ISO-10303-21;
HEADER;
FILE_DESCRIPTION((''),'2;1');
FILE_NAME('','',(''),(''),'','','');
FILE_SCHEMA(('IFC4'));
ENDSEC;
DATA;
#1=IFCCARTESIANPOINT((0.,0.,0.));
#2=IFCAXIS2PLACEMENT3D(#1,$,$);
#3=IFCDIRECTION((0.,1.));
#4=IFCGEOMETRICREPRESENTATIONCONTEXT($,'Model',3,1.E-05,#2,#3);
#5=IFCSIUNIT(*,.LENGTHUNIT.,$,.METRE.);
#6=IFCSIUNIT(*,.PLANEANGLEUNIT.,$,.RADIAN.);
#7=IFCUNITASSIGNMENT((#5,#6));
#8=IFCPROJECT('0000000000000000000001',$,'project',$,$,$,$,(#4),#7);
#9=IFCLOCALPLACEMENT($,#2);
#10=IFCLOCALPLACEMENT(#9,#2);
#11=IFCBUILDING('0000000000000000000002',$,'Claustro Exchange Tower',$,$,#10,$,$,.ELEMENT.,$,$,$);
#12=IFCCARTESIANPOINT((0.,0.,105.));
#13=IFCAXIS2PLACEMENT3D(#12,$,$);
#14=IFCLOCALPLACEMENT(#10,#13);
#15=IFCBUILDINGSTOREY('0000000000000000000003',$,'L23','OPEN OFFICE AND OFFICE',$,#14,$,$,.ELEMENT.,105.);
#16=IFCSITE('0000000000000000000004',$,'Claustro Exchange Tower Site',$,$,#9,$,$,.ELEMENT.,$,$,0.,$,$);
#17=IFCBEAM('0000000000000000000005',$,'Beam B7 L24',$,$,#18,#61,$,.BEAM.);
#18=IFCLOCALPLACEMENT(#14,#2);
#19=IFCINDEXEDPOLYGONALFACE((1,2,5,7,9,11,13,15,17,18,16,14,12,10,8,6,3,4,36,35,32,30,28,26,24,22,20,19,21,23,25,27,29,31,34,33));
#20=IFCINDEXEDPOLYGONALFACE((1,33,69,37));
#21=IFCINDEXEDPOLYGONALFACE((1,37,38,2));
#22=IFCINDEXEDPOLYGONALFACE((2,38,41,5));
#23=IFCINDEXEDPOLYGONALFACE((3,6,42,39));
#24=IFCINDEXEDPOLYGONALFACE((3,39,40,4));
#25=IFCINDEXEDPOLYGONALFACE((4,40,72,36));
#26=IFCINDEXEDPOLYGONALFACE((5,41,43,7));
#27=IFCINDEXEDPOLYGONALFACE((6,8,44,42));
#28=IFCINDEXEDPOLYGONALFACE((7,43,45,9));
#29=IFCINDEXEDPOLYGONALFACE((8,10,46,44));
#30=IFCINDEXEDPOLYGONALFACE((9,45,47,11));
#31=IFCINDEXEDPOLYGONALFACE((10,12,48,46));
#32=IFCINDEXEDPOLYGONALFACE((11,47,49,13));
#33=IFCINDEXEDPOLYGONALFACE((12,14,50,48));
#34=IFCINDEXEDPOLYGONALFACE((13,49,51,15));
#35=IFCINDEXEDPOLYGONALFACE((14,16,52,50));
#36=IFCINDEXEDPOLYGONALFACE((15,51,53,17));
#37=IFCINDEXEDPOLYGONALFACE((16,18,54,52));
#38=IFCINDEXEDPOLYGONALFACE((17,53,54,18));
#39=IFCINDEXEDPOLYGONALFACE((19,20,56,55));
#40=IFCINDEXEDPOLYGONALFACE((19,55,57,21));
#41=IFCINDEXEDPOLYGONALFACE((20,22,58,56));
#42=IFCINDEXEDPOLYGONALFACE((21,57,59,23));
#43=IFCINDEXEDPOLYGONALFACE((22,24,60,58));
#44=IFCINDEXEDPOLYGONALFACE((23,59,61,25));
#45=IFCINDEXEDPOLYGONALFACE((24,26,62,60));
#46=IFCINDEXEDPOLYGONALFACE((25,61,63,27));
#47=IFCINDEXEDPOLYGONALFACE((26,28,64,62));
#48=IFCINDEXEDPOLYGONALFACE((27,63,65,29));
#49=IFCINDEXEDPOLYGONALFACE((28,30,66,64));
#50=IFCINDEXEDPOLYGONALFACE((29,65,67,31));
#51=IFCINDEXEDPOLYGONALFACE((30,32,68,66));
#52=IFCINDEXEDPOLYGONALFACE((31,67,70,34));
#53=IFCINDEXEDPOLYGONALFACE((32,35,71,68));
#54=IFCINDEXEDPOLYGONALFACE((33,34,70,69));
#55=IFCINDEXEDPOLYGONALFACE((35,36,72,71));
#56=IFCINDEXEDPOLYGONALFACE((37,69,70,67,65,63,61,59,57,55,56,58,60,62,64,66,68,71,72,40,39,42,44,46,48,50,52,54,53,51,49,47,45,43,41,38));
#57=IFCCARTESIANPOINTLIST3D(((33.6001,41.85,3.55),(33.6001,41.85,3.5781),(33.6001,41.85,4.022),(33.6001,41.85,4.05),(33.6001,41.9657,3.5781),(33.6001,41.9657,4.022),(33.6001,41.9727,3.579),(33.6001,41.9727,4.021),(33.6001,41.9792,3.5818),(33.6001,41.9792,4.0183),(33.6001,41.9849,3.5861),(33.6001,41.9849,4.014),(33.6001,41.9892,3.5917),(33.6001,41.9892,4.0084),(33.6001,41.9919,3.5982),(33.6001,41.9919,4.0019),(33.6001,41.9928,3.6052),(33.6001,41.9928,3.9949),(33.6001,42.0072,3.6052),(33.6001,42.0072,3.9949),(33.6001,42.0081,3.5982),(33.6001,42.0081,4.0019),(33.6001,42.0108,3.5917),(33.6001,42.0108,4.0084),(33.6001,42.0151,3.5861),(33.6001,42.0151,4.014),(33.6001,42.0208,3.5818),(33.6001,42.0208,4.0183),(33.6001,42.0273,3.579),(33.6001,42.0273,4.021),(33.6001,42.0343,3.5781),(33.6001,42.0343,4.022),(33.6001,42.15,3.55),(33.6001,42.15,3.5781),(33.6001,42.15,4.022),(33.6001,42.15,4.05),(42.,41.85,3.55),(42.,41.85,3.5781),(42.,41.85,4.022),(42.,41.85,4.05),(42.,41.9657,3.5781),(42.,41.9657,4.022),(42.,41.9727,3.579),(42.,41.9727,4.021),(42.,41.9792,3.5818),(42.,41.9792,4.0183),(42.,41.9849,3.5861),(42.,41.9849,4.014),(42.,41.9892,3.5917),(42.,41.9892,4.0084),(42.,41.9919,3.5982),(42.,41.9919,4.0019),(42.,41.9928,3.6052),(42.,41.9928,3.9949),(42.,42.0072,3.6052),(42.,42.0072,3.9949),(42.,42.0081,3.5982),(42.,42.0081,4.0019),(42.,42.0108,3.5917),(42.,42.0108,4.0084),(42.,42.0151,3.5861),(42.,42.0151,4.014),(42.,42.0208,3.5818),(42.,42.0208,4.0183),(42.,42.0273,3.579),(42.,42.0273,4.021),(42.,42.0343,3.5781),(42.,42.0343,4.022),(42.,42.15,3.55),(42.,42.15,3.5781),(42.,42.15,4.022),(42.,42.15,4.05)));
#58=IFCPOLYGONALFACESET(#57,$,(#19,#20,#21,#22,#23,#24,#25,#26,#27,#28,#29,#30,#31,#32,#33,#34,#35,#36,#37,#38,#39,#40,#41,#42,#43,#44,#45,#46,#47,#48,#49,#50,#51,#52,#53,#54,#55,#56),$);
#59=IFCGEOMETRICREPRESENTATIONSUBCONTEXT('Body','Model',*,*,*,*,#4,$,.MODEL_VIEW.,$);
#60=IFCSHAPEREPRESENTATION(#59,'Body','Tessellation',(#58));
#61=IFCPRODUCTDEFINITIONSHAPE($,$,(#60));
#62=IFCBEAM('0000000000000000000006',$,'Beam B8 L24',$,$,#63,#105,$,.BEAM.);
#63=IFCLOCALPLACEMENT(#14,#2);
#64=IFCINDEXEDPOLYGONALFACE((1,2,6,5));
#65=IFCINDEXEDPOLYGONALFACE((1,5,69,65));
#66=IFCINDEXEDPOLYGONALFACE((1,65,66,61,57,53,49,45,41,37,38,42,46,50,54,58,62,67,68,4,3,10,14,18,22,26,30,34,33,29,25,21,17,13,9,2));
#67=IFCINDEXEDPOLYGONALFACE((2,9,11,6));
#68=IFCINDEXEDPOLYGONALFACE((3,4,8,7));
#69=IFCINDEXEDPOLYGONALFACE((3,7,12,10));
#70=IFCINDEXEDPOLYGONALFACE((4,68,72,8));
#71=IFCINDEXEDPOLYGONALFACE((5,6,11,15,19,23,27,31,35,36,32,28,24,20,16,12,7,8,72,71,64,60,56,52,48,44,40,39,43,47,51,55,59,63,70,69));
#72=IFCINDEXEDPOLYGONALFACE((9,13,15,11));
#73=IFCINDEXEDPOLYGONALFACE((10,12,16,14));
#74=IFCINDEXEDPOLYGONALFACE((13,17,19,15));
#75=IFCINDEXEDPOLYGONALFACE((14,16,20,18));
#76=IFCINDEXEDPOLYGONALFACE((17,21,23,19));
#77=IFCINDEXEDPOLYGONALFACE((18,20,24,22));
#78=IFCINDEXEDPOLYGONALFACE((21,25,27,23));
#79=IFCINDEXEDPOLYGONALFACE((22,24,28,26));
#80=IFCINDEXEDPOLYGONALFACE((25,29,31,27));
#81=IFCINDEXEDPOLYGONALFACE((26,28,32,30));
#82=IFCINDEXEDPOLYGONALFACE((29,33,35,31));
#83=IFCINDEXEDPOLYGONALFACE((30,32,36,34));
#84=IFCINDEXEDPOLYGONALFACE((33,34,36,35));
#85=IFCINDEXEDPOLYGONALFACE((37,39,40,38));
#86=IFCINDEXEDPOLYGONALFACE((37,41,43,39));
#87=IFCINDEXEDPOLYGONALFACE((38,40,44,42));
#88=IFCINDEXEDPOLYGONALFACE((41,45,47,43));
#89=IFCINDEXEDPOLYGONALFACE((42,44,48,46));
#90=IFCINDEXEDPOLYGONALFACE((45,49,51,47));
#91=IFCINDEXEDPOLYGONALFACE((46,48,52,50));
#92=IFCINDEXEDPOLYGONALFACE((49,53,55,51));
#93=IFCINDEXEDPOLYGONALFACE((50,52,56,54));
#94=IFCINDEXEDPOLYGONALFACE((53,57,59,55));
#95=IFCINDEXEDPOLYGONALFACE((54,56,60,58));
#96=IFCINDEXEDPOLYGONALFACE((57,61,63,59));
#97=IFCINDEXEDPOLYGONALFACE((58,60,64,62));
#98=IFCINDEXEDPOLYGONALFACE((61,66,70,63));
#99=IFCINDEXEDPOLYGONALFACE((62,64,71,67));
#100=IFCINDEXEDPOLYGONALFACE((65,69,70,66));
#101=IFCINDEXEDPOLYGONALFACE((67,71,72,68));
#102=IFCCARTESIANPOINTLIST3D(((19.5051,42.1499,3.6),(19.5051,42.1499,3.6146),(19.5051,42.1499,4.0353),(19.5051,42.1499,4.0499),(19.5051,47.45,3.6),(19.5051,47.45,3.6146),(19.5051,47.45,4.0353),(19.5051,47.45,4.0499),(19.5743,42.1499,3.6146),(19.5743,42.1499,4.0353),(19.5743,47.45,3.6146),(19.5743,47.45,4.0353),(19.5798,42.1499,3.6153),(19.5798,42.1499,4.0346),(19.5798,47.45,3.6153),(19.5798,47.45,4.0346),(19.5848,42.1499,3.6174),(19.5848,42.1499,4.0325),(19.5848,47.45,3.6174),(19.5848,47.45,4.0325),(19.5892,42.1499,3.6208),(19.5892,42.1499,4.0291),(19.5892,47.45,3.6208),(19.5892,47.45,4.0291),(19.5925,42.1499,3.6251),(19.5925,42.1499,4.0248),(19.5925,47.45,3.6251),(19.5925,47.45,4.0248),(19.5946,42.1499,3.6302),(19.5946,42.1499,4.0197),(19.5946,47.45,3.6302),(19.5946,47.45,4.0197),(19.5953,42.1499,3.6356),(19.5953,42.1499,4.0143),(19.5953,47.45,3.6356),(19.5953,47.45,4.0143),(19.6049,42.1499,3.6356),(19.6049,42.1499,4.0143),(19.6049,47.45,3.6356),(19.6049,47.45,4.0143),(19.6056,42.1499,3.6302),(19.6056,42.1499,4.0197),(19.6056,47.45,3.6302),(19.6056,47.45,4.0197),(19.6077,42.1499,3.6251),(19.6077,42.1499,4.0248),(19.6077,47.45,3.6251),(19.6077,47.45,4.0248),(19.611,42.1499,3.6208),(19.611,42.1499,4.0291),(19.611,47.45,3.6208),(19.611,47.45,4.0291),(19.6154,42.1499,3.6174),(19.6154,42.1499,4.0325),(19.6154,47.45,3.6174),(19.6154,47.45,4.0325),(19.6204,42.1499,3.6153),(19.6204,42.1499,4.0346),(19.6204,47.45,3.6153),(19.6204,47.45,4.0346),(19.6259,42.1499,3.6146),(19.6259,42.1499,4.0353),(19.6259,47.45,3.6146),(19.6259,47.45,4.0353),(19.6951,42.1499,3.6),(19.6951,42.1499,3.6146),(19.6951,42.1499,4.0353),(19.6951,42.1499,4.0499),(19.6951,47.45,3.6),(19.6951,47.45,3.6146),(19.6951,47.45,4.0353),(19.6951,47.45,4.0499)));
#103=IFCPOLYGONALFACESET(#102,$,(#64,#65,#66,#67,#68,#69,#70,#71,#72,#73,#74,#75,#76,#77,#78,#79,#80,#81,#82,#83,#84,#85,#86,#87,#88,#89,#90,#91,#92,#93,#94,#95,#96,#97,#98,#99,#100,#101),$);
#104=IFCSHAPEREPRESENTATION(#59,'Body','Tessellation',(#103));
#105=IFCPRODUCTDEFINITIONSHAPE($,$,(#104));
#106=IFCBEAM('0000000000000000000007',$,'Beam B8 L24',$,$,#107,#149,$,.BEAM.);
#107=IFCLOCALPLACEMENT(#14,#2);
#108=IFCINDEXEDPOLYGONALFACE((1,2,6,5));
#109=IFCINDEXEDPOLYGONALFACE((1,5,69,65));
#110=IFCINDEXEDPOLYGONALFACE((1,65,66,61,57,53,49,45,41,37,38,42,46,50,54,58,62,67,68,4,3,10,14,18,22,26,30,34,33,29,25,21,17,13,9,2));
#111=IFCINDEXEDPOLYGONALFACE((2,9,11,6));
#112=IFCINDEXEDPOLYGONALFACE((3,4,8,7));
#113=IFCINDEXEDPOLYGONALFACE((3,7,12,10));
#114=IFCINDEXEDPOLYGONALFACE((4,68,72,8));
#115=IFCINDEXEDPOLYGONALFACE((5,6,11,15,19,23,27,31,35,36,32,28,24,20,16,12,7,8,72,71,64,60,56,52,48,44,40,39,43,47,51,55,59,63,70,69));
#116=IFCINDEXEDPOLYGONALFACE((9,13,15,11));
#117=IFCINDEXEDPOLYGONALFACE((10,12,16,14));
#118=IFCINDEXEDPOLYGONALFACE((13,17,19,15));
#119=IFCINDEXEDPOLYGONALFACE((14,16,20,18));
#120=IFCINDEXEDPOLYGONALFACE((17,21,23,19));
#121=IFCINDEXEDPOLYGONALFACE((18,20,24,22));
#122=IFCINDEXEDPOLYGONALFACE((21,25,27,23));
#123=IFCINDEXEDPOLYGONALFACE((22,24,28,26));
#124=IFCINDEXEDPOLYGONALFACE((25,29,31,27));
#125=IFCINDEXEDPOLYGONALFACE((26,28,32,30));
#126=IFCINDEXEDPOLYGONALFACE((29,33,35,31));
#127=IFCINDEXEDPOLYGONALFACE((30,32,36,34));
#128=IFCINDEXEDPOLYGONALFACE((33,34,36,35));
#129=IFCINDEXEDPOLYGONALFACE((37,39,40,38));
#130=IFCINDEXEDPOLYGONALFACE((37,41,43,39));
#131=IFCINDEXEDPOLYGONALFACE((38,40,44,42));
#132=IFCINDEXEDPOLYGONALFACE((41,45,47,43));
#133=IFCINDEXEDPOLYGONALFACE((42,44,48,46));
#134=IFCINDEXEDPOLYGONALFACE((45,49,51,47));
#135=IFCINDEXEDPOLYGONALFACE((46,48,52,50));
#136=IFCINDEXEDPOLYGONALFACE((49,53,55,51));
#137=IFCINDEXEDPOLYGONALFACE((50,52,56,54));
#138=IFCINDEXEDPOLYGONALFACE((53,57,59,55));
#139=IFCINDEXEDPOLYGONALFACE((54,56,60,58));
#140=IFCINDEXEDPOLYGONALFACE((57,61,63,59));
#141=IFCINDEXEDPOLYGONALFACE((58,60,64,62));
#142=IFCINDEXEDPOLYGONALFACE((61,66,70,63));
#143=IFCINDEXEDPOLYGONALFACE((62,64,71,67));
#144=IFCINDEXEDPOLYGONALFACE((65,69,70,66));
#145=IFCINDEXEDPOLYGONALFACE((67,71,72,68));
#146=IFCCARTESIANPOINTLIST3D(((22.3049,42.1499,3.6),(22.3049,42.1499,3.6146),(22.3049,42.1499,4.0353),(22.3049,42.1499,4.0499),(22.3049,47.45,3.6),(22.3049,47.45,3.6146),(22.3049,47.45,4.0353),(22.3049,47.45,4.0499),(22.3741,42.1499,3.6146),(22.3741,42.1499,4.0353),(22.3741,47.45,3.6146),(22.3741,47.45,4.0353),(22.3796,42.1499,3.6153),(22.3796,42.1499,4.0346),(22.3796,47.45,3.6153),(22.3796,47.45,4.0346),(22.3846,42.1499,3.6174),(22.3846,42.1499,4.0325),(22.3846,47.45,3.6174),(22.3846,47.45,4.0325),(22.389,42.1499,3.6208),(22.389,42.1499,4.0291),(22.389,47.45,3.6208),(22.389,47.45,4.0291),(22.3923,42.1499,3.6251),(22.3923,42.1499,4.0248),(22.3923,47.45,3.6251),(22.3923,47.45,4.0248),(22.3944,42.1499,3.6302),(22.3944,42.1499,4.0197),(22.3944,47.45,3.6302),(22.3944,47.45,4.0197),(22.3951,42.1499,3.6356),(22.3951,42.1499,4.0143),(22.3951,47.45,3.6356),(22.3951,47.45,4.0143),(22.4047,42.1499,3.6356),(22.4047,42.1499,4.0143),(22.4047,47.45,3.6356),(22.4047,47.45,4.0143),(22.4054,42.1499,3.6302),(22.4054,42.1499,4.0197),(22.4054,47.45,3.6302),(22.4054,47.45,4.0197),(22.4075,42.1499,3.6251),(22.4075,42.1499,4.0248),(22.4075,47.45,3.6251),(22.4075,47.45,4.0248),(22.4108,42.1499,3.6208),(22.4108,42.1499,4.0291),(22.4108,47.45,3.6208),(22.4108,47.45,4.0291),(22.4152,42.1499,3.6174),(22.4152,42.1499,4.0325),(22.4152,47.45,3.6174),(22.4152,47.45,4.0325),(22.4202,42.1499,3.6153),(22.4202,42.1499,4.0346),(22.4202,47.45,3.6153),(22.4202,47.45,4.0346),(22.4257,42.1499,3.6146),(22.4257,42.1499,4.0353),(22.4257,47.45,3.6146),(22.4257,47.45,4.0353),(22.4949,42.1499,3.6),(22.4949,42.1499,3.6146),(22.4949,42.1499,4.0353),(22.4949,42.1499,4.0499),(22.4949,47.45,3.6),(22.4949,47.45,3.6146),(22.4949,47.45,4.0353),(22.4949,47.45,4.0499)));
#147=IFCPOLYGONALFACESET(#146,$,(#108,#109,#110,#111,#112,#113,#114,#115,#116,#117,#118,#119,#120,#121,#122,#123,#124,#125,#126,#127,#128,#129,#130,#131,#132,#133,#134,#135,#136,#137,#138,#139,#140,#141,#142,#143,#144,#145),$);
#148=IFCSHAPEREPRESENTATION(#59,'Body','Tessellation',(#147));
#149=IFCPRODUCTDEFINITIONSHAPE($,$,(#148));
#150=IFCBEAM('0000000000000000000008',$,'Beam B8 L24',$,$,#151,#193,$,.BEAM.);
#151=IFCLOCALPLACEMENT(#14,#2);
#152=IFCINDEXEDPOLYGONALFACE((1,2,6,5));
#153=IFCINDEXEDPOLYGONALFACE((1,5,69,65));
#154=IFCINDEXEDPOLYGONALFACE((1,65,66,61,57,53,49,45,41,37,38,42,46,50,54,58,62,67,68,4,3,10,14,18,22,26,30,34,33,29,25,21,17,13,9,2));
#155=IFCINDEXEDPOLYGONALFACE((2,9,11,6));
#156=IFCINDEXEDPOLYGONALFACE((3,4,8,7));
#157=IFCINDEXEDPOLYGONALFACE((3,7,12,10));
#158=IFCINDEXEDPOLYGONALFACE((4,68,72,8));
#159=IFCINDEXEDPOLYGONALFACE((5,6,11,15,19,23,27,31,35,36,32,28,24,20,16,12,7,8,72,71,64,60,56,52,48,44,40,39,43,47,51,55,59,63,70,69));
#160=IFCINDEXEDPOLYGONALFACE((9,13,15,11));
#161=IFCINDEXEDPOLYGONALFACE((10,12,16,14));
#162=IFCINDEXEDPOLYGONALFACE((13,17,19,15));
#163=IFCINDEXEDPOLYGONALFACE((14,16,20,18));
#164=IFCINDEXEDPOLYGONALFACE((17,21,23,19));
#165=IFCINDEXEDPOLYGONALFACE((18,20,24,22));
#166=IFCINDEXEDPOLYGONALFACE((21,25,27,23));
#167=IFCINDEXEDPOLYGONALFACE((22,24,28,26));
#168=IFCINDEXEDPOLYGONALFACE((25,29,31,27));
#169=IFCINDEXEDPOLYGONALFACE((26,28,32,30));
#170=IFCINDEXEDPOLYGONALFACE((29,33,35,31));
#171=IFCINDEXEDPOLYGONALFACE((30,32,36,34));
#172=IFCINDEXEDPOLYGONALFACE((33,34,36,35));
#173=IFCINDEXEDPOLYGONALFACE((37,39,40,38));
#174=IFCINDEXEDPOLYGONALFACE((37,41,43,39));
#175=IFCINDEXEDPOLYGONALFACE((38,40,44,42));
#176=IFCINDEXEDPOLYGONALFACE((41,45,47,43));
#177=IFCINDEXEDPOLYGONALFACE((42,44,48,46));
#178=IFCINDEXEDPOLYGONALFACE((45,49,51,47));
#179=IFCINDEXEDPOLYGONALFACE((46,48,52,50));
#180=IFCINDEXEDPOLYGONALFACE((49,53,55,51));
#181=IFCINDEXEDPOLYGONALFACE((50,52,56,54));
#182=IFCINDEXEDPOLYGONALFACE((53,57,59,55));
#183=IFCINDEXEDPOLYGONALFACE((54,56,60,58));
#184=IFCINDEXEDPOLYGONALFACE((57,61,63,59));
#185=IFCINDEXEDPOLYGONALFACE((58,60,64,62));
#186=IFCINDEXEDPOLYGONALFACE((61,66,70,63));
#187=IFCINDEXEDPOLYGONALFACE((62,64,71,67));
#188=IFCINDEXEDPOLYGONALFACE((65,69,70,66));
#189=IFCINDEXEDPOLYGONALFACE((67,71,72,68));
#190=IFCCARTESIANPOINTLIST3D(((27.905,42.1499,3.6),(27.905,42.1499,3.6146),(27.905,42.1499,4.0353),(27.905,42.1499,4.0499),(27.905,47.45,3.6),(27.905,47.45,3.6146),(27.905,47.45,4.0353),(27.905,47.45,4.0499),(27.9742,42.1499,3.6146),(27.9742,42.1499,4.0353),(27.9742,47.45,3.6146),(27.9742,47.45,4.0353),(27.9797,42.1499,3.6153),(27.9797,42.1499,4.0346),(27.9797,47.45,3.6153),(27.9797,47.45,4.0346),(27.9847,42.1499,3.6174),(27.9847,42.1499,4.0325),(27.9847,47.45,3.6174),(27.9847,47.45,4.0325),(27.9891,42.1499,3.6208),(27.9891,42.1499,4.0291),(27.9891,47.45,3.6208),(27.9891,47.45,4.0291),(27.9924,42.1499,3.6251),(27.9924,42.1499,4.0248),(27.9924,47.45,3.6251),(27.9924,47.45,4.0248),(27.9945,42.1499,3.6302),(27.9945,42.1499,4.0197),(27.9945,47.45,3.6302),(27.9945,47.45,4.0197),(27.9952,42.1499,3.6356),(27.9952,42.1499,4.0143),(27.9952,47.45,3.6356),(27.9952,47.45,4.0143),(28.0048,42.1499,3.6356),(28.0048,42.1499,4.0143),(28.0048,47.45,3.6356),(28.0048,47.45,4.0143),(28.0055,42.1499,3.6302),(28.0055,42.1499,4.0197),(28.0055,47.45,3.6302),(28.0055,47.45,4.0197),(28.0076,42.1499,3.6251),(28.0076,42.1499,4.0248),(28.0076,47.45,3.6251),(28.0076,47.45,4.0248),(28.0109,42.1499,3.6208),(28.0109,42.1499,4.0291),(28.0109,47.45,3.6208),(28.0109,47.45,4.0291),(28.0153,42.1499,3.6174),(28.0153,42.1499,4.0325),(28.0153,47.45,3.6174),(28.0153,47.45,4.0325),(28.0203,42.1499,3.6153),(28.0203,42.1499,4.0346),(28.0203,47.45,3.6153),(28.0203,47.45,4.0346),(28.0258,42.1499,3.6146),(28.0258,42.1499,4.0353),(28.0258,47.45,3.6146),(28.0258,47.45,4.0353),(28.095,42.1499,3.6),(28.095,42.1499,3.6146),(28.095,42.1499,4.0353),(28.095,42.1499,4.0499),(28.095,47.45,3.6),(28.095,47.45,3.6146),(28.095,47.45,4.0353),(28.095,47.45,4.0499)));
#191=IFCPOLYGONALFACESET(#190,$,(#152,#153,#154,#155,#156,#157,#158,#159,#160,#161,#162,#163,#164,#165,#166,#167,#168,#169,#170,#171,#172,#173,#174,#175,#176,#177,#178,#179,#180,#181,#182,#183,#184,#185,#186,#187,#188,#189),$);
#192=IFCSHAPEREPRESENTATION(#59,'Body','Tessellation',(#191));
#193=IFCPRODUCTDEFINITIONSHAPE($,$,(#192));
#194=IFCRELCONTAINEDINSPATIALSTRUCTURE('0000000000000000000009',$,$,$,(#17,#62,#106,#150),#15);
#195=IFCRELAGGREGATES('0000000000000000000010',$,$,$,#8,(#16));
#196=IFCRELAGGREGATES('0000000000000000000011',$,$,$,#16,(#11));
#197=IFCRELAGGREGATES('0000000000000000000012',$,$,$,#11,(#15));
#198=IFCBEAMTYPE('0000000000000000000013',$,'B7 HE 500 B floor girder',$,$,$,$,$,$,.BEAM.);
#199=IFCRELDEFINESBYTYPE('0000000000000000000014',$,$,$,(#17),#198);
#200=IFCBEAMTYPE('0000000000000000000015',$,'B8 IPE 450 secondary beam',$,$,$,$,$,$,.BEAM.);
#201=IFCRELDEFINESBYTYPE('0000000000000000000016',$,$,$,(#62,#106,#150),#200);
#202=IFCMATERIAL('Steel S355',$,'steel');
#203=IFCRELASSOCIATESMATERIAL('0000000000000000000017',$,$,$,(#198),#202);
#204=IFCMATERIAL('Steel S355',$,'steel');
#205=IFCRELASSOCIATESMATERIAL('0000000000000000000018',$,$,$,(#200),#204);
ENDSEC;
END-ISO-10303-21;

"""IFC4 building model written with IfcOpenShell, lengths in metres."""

from ifc_helpers import new_model, si_unit, direction, frame, origin, origin_2d, place, context, subcontext, project, spatial, i_section, extrude, material, material_profile, profile_set, type_object, element, save


model = new_model("IFC4")

# Units and contexts
model_context = context("Model", 3, precision=1e-05, world=origin(), true_north=direction((0.0, 1.0)))
body_context = subcontext(model_context, "Body", "Model", "MODEL_VIEW")
ifc_project = project(units=[si_unit("LENGTHUNIT", "METRE"), si_unit("PLANEANGLEUNIT", "RADIAN")], contexts=[model_context])

# Site, building, storey
site_placement = place(None, origin())
site = spatial("IfcSite", under=ifc_project, at=site_placement, Name="Claustro Exchange Tower Site", CompositionType="ELEMENT", RefElevation=0.0)
building_placement = place(site_placement, origin())
building = spatial("IfcBuilding", under=site, at=building_placement, Name="Claustro Exchange Tower", CompositionType="ELEMENT")
storey_placement = place(building_placement, frame((0.0, 0.0, 105.0)))
storey = spatial("IfcBuildingStorey", under=building, at=storey_placement, Name="L23", Description="OPEN OFFICE AND OFFICE", CompositionType="ELEMENT", Elevation=105.0)

# Beams
ifc_material_1 = material(Name="Steel S355", Category="steel")
ifc_material_profile_1 = material_profile(ifc_material_1, i_section(OverallWidth=0.3, OverallDepth=0.5, WebThickness=0.0144, FlangeThickness=0.0281, FilletRadius=0.0271, at=origin_2d()), Name="HE 500 B")
ifc_profile_set_1 = profile_set([ifc_material_profile_1], Name="Steel S355")
beam_type_1 = type_object("IfcBeamType", Name="B7 HE 500 B floor girder", PredefinedType="BEAM", material=ifc_profile_set_1)
beam_1_placement = place(storey_placement, frame((33.6001, 42.0, 3.8), z_axis=(1.0, 0.0, 0.0), x_axis=(0.0, 1.0, 0.0)))
element("IfcBeam", 1, at=beam_1_placement, inside=storey, type_object=beam_type_1, Name="Beam B7 L24", PredefinedType="BEAM", context=body_context, shape_type="SweptSolid", body=[
    extrude(i_section(OverallWidth=0.3, OverallDepth=0.5, WebThickness=0.0144, FlangeThickness=0.0281, FilletRadius=0.0271, at=origin_2d()), origin(), (0.0, 0.0, 1.0), 8.3999),
])
ifc_material_2 = material(Name="Steel S355", Category="steel")
ifc_material_profile_2 = material_profile(ifc_material_2, i_section(OverallWidth=0.1899, OverallDepth=0.45, WebThickness=0.0095, FlangeThickness=0.0146, FilletRadius=0.021, at=origin_2d()), Name="IPE 450")
ifc_profile_set_2 = profile_set([ifc_material_profile_2], Name="Steel S355")
beam_type_2 = type_object("IfcBeamType", Name="B8 IPE 450 secondary beam", PredefinedType="BEAM", material=ifc_profile_set_2)
for number, where, z_axis, x_axis, name in (
    (2, (19.6001, 42.1499, 3.825), (0.0, 1.0, 0.0), (-1.0, 0.0, 0.0), "Beam B8 L24"),
    (3, (22.3999, 42.1499, 3.825), (0.0, 1.0, 0.0), (-1.0, 0.0, 0.0), "Beam B8 L24"),
    (4, (28.0, 42.1499, 3.825), (0.0, 1.0, 0.0), (-1.0, 0.0, 0.0), "Beam B8 L24"),
):
    element("IfcBeam", number, at=place(storey_placement, frame(where, z_axis=z_axis, x_axis=x_axis)), inside=storey, type_object=beam_type_2, Name=name, PredefinedType="BEAM", context=body_context, shape_type="SweptSolid", body=[
        extrude(i_section(OverallWidth=0.1899, OverallDepth=0.45, WebThickness=0.0095, FlangeThickness=0.0146, FilletRadius=0.021, at=origin_2d()), origin(), (0.0, 0.0, 1.0), 5.3),
    ])

save(model, "model.ifc")
